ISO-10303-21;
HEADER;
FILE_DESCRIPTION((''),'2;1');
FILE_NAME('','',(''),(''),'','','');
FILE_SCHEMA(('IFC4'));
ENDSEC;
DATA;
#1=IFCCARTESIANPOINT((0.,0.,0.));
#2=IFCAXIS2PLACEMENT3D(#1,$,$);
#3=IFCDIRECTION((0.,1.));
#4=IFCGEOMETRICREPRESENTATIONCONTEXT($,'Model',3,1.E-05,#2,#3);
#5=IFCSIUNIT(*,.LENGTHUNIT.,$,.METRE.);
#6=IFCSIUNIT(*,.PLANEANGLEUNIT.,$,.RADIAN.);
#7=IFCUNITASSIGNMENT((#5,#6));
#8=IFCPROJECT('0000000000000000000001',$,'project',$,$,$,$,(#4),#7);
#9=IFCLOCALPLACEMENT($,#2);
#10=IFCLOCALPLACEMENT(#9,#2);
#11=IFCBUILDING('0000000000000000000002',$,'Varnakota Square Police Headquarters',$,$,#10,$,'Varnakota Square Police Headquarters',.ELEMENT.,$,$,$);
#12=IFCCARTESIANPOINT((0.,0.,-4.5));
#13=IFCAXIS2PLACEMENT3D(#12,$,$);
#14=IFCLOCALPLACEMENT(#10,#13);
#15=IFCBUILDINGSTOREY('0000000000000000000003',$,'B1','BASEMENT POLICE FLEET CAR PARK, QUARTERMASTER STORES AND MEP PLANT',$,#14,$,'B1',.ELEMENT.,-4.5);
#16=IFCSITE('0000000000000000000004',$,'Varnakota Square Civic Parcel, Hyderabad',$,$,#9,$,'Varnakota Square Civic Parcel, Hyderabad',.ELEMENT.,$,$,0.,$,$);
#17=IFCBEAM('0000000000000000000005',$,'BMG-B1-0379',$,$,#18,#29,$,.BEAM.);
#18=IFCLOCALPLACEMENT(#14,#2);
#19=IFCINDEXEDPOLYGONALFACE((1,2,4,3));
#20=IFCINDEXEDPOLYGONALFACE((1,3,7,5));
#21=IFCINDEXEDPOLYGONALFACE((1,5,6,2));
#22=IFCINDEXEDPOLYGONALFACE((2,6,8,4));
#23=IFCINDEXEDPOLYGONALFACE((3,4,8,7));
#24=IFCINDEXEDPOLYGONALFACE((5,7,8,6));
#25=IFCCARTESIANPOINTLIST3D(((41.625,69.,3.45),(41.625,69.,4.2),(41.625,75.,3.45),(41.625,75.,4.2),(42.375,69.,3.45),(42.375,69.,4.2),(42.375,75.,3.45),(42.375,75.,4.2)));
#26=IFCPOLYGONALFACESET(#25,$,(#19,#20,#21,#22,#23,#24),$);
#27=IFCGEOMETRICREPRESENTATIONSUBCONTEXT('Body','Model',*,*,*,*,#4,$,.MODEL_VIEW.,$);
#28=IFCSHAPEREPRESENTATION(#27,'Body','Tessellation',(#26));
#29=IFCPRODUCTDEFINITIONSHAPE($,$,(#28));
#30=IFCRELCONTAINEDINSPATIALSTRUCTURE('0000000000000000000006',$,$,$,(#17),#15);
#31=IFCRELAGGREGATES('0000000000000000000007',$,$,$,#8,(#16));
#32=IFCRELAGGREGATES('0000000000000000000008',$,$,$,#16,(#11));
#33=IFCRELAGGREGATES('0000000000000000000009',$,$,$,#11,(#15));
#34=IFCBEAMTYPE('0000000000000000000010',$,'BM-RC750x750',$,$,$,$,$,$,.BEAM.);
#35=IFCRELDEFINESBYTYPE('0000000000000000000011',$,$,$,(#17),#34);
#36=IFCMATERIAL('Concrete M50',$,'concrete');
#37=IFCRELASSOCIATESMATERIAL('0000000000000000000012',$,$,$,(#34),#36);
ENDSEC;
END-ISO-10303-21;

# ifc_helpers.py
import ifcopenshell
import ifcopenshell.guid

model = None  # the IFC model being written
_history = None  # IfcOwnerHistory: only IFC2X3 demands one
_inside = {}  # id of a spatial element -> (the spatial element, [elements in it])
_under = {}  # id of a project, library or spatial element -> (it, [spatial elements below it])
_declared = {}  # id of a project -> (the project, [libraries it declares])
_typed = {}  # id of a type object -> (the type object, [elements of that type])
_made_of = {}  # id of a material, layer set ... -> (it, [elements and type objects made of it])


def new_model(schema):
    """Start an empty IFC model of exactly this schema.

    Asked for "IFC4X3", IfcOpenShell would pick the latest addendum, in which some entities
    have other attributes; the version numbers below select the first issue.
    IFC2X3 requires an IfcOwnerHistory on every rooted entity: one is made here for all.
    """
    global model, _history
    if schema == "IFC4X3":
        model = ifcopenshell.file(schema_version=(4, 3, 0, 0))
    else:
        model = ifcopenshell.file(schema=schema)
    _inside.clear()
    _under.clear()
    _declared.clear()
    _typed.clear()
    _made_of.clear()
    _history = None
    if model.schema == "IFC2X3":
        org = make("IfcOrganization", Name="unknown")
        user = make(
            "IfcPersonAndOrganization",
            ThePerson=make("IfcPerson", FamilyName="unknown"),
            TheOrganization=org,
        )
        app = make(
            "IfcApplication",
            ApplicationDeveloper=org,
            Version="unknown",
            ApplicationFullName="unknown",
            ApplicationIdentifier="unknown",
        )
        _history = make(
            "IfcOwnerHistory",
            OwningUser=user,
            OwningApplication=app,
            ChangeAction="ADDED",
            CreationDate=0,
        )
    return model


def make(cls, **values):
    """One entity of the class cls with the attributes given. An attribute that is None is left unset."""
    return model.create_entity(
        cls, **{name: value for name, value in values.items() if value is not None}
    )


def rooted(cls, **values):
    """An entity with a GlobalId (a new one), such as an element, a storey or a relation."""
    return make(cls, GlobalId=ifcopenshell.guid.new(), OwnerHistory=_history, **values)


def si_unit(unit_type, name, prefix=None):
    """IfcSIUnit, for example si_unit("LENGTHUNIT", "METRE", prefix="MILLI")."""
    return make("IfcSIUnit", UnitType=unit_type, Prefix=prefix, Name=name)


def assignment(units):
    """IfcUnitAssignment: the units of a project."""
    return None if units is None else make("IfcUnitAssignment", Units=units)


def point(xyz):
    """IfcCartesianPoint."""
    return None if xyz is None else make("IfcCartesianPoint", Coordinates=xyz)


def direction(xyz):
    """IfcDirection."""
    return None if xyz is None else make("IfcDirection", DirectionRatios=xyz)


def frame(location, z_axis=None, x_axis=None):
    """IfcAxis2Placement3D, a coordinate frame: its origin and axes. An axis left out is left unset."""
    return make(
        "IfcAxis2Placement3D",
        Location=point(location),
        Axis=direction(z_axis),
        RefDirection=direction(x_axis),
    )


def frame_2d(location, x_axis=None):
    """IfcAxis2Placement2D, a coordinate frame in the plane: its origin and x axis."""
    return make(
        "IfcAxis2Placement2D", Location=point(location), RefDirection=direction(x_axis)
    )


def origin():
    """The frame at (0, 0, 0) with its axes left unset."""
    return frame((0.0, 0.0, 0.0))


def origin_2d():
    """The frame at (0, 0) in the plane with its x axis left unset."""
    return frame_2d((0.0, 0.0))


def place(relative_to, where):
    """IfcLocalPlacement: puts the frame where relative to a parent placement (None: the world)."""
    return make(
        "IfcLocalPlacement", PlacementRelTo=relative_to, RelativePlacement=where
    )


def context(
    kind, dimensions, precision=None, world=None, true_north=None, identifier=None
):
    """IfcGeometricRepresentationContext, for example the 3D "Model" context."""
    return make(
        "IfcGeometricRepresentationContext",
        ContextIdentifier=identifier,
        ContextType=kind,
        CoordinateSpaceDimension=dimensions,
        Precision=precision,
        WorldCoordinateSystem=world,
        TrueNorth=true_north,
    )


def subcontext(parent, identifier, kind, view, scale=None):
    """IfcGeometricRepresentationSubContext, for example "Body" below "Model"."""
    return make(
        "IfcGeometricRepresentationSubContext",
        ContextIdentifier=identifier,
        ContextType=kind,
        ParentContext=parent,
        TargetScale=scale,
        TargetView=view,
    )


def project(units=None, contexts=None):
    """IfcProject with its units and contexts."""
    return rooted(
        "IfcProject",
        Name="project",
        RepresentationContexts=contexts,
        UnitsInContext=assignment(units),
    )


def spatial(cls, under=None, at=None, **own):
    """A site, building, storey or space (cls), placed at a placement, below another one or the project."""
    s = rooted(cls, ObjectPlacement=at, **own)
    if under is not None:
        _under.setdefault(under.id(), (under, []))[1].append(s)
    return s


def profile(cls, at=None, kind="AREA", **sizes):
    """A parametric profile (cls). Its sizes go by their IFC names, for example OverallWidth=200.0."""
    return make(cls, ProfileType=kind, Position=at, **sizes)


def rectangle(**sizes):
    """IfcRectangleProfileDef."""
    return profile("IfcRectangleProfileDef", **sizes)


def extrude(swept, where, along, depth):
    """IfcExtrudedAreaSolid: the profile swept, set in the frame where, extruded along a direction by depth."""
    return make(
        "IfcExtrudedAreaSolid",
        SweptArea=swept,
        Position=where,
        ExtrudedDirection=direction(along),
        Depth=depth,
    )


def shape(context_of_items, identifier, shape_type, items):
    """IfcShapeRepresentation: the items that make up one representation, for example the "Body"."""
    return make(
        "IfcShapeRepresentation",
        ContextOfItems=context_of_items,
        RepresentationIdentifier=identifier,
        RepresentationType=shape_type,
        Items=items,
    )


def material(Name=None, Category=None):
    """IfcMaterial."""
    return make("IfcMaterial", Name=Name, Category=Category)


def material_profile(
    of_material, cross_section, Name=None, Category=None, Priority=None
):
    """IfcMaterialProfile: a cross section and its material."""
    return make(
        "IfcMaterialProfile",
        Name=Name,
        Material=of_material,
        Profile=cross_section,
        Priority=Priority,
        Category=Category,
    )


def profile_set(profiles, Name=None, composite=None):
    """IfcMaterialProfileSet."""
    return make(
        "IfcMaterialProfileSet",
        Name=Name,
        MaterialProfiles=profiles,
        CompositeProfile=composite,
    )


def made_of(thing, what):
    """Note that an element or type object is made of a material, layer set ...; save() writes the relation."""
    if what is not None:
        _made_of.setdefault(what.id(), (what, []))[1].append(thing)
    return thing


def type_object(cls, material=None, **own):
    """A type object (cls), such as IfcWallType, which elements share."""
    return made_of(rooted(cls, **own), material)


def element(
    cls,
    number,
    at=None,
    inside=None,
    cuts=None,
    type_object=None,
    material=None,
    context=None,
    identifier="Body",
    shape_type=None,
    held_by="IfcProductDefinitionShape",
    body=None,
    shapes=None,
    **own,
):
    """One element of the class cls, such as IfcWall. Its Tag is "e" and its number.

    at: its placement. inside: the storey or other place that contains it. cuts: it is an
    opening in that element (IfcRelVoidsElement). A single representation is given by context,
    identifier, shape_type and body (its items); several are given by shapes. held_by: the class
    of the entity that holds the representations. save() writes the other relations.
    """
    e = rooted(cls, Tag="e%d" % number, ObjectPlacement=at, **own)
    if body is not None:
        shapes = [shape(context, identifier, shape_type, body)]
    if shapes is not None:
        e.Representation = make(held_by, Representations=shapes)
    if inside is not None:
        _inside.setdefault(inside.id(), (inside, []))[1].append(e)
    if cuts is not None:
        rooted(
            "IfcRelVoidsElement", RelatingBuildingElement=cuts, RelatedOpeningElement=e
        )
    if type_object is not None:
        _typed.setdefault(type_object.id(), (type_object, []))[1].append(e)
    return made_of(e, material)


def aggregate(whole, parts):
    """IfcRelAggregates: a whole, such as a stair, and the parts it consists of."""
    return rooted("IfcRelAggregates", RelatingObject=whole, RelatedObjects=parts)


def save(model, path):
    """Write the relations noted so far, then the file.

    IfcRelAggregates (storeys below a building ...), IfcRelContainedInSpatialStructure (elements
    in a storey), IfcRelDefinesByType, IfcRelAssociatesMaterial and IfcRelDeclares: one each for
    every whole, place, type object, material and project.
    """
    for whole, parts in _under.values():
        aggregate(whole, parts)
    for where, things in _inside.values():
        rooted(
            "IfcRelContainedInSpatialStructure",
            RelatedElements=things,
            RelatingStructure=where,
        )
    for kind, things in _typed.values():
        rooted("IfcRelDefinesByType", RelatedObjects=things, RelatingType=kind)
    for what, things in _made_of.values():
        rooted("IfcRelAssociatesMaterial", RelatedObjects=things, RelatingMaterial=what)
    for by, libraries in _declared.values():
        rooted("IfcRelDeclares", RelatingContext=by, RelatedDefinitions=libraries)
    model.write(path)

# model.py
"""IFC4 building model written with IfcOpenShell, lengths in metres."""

from ifc_helpers import new_model, si_unit, direction, frame, origin, origin_2d, place, context, subcontext, project, spatial, rectangle, extrude, material, material_profile, profile_set, type_object, element, save


model = new_model("IFC4")

# Units and contexts
model_context = context("Model", 3, precision=1e-05, world=origin(), true_north=direction((0.0, 1.0)))
body_context = subcontext(model_context, "Body", "Model", "MODEL_VIEW")
ifc_project = project(units=[si_unit("LENGTHUNIT", "METRE"), si_unit("PLANEANGLEUNIT", "RADIAN")], contexts=[model_context])

# Site, building, storey
site_placement = place(None, origin())
site = spatial("IfcSite", under=ifc_project, at=site_placement, Name="Varnakota Square Civic Parcel, Hyderabad", LongName="Varnakota Square Civic Parcel, Hyderabad", CompositionType="ELEMENT", RefElevation=0.0)
building_placement = place(site_placement, origin())
building = spatial("IfcBuilding", under=site, at=building_placement, Name="Varnakota Square Police Headquarters", LongName="Varnakota Square Police Headquarters", CompositionType="ELEMENT")
storey_placement = place(building_placement, frame((0.0, 0.0, -4.5)))
storey = spatial("IfcBuildingStorey", under=building, at=storey_placement, Name="B1", Description="BASEMENT POLICE FLEET CAR PARK, QUARTERMASTER STORES AND MEP PLANT", LongName="B1", CompositionType="ELEMENT", Elevation=-4.5)

# Shared definitions
ifc_material_1 = material(Name="Concrete M50", Category="concrete")

# Beam
ifc_material_profile_1 = material_profile(ifc_material_1, rectangle(XDim=0.75, YDim=0.75, at=origin_2d()), Name="RC 750x750")
ifc_profile_set_1 = profile_set([ifc_material_profile_1], Name="Concrete M50")
beam_type_1 = type_object("IfcBeamType", Name="BM-RC750x750", PredefinedType="BEAM", material=ifc_profile_set_1)
for number, where, z_axis, x_axis, name in (
    (1, (42.0, 69.0, 3.825), (0.0, 1.0, 0.0), (-1.0, 0.0, 0.0), "BMG-B1-0379"),
):
    element("IfcBeam", number, at=place(storey_placement, frame(where, z_axis=z_axis, x_axis=x_axis)), inside=storey, type_object=beam_type_1, Name=name, PredefinedType="BEAM", context=body_context, shape_type="SweptSolid", body=[
        extrude(rectangle(XDim=0.75, YDim=0.75, at=origin_2d()), origin(), (0.0, 0.0, 1.0), 6.0),
    ])

save(model, "model.ifc")
